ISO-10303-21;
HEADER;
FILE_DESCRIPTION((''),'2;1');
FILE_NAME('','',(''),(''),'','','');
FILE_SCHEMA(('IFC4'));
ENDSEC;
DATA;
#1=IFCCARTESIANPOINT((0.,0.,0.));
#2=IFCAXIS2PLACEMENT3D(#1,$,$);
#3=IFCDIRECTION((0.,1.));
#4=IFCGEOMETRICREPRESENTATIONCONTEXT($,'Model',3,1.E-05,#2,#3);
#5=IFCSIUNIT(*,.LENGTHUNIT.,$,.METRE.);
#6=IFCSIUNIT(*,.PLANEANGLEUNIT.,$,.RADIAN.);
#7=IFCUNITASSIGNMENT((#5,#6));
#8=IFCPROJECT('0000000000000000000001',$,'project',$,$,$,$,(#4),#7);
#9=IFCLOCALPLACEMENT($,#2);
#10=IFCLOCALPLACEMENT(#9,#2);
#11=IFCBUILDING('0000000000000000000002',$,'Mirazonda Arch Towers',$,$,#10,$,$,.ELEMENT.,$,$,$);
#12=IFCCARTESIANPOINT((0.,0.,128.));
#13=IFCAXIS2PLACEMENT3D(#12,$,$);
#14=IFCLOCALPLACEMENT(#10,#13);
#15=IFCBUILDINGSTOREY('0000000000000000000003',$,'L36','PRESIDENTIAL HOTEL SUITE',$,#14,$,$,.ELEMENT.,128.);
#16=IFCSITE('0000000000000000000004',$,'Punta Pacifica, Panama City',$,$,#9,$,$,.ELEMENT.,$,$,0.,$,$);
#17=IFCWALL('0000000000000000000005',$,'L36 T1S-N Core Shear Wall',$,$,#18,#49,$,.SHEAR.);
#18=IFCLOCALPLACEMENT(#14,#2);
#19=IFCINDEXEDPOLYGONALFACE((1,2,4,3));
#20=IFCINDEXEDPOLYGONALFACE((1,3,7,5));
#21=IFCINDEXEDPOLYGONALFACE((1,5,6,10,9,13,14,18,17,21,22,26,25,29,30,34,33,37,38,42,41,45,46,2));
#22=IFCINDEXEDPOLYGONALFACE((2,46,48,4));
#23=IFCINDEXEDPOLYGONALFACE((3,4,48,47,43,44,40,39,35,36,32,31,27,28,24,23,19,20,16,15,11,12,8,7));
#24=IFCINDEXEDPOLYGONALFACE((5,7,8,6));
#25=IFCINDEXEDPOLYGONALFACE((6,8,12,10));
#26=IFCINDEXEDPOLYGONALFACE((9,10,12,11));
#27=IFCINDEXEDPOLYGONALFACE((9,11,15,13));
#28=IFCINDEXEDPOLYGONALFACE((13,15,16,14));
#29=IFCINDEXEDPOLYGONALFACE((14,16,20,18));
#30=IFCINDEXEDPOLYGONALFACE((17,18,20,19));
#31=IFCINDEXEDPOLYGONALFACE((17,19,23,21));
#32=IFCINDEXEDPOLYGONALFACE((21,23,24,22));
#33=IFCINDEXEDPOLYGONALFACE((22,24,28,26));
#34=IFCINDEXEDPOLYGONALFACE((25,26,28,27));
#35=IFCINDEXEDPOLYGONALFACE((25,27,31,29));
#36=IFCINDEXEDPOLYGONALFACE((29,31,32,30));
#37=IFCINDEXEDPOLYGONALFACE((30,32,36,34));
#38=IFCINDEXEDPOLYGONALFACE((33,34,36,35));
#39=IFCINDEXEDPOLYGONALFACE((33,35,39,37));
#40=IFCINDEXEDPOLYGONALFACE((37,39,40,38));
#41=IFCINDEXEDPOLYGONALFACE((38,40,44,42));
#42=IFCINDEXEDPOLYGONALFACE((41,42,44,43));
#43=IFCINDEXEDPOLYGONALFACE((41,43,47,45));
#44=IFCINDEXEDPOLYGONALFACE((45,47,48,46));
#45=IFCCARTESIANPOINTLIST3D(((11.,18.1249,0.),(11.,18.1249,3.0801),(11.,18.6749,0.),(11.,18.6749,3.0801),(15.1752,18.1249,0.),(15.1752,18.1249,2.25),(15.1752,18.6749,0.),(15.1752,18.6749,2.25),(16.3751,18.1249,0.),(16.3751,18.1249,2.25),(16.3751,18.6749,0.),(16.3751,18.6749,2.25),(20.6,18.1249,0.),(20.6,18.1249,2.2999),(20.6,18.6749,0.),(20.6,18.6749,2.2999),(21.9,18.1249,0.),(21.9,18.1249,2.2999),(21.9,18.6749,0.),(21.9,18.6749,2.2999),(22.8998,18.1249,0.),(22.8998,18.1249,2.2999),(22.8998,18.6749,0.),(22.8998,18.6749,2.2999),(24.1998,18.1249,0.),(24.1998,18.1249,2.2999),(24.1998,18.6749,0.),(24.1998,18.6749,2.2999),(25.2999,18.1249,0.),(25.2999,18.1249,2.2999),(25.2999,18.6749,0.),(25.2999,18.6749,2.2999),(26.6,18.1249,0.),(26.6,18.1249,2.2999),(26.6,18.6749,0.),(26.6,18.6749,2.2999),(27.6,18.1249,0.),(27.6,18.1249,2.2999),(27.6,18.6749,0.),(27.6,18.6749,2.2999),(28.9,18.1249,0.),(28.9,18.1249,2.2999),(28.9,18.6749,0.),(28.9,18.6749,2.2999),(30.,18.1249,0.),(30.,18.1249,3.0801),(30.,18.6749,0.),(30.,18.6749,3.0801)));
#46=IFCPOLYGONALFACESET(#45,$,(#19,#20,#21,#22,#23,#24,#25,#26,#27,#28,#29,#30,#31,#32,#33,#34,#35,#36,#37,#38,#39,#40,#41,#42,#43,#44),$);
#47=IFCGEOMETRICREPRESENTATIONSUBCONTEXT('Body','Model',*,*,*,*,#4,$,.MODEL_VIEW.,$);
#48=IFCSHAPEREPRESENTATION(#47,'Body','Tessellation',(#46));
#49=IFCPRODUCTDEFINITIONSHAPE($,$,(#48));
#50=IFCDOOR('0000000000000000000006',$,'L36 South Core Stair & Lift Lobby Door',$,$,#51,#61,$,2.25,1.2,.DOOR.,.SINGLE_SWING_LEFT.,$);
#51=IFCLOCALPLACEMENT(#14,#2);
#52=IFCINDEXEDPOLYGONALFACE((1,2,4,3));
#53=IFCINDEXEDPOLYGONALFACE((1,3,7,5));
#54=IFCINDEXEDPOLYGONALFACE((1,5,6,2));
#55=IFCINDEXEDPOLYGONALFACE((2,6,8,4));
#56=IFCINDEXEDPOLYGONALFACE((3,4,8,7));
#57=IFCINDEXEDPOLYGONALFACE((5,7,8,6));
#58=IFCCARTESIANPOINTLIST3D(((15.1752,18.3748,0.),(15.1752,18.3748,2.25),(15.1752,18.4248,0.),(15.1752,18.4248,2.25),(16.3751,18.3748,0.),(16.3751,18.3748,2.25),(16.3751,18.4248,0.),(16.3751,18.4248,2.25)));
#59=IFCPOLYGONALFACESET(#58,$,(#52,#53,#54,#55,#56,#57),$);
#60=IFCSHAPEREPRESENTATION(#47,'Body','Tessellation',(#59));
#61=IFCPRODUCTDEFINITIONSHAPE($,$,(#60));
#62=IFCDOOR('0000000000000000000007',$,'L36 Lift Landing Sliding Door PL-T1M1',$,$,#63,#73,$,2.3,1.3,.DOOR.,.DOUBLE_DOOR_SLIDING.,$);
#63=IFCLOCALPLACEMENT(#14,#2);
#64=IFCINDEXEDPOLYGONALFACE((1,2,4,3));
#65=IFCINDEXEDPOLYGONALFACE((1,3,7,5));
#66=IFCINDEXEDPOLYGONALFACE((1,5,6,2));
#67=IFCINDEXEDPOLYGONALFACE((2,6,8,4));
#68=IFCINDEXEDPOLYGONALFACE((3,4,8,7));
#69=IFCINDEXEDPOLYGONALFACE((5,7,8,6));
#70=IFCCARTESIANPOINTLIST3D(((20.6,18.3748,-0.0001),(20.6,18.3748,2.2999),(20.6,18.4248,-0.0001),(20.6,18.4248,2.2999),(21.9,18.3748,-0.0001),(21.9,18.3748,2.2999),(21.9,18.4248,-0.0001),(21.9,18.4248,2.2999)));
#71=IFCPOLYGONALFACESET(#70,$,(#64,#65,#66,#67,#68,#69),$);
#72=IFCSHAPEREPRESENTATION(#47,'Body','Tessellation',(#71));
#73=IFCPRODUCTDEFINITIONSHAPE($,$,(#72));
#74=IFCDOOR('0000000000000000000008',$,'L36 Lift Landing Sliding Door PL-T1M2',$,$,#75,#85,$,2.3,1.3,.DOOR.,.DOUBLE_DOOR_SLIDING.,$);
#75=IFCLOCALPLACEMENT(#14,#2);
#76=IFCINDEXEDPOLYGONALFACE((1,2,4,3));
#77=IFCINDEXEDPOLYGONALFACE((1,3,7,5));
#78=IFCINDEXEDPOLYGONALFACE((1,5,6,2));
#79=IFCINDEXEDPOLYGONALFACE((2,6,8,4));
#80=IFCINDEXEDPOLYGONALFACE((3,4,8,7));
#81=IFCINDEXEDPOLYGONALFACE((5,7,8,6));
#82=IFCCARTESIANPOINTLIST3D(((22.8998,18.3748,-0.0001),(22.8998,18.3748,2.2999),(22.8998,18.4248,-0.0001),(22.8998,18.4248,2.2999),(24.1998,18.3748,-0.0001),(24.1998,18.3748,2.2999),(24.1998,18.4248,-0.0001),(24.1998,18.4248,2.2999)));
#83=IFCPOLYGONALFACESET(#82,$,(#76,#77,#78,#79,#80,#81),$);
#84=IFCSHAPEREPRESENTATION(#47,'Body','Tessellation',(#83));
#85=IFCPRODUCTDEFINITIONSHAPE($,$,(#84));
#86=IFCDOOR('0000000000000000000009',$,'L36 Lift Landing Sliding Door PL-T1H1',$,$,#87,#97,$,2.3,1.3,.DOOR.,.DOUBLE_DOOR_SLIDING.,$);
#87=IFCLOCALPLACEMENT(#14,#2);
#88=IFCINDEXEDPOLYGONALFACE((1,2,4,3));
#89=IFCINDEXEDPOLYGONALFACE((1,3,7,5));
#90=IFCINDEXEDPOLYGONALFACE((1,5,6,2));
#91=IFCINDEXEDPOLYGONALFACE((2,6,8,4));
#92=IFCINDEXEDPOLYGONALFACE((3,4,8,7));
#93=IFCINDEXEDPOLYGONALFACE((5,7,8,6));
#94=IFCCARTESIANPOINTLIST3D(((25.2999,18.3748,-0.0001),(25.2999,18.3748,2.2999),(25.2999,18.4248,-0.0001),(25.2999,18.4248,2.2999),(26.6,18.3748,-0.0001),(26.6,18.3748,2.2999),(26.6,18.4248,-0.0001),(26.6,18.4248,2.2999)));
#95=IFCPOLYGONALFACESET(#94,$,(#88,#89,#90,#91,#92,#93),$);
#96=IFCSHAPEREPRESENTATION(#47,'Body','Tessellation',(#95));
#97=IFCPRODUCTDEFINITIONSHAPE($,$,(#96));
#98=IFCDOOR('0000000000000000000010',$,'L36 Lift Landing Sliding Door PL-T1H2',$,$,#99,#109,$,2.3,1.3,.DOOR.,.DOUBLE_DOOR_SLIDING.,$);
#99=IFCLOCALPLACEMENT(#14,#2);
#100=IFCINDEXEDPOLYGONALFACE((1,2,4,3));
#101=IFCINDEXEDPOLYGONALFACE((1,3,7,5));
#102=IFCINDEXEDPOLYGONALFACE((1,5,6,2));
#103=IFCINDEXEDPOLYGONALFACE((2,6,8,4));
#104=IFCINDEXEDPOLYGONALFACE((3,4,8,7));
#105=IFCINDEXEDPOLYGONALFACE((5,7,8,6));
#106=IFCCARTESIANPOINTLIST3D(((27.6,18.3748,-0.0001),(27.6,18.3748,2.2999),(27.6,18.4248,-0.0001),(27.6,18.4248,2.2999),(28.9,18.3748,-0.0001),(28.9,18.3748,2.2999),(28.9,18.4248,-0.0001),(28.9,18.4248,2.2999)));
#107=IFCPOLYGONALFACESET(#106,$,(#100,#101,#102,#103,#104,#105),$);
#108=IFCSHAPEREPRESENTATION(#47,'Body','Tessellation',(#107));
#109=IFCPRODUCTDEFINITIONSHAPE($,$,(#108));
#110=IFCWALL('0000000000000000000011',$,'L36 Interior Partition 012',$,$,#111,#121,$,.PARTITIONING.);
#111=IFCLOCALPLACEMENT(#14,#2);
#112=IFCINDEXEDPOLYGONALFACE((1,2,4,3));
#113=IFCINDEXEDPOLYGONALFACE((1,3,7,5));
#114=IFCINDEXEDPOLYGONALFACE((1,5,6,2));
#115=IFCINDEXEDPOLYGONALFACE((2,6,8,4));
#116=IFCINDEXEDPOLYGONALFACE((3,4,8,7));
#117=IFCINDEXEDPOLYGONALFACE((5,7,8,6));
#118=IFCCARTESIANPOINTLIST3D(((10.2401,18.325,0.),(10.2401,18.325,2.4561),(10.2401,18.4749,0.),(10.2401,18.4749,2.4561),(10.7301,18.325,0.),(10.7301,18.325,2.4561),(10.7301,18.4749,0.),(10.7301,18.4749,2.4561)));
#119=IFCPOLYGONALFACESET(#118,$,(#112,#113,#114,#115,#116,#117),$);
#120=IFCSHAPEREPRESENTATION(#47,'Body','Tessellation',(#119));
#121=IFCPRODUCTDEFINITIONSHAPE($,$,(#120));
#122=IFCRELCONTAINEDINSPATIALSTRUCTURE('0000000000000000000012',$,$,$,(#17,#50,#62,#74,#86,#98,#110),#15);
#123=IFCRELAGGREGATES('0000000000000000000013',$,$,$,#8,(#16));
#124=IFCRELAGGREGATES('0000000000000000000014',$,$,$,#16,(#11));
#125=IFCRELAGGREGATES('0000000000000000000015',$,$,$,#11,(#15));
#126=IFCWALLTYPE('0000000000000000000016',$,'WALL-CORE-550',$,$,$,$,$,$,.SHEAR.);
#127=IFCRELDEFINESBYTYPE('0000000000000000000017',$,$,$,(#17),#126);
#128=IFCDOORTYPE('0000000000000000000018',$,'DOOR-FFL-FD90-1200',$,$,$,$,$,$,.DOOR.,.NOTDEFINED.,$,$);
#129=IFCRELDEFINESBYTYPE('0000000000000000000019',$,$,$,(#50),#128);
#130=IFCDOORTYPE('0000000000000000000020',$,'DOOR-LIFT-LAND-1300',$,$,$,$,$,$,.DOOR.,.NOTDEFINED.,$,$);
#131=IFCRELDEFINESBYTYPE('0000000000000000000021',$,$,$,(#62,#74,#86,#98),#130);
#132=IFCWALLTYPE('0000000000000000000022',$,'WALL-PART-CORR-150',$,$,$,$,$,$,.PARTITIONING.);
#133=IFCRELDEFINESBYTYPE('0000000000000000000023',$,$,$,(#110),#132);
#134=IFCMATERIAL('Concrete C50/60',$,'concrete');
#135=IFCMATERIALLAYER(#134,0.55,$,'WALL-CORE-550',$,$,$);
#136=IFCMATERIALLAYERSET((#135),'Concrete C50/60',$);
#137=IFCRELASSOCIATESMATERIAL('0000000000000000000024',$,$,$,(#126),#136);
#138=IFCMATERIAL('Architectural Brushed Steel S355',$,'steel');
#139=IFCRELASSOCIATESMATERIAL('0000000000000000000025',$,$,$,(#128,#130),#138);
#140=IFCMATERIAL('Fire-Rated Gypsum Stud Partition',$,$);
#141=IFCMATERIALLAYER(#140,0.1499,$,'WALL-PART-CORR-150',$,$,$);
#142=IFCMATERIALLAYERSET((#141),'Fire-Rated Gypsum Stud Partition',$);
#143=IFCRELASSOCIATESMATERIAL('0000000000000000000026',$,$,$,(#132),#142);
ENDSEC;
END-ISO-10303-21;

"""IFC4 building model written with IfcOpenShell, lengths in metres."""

from ifc_helpers import new_model, si_unit, direction, frame, frame_2d, origin, place, context, subcontext, project, spatial, rectangle, extrude, material, layer, layer_set, type_object, element, fill, save


model = new_model("IFC4")

# Units and contexts
model_context = context("Model", 3, precision=1e-05, world=origin(), true_north=direction((0.0, 1.0)))
body_context = subcontext(model_context, "Body", "Model", "MODEL_VIEW")
ifc_project = project(units=[si_unit("LENGTHUNIT", "METRE"), si_unit("PLANEANGLEUNIT", "RADIAN")], contexts=[model_context])

# Site, building, storey
site_placement = place(None, origin())
site = spatial("IfcSite", under=ifc_project, at=site_placement, Name="Punta Pacifica, Panama City", CompositionType="ELEMENT", RefElevation=0.0)
building_placement = place(site_placement, origin())
building = spatial("IfcBuilding", under=site, at=building_placement, Name="Mirazonda Arch Towers", CompositionType="ELEMENT")
storey_placement = place(building_placement, frame((0.0, 0.0, 128.0)))
storey = spatial("IfcBuildingStorey", under=building, at=storey_placement, Name="L36", Description="PRESIDENTIAL HOTEL SUITE", CompositionType="ELEMENT", Elevation=128.0)

# Shared definitions
ifc_material_1 = material(Name="Concrete C50/60", Category="concrete")

# Shared definitions
ifc_material_2 = material(Name="Architectural Brushed Steel S355", Category="steel")

# Wall, openings, doors
ifc_layer_1 = layer(ifc_material_1, 0.55, Name="WALL-CORE-550")
ifc_layer_set_1 = layer_set([ifc_layer_1], Name="Concrete C50/60")
wall_type_1 = type_object("IfcWallType", Name="WALL-CORE-550", PredefinedType="SHEAR", material=ifc_layer_set_1)
wall_1_placement = place(storey_placement, frame((11.0, 18.3999, 0.0), z_axis=(0.0, 0.0, 1.0), x_axis=(1.0, 0.0, 0.0)))
wall_1 = element("IfcWall", 1, at=wall_1_placement, inside=storey, type_object=wall_type_1, Name="L36 T1S-N Core Shear Wall", PredefinedType="SHEAR", context=body_context, shape_type="SweptSolid", body=[
    extrude(rectangle(XDim=19.0, YDim=0.55, at=frame_2d((9.5, 0.0))), origin(), (0.0, 0.0, 1.0), 3.0801),
])
opening_1_placement = place(wall_1_placement, frame((4.175, 0.0, 0.0)))
opening_1 = element("IfcOpeningElement", 2, at=opening_1_placement, cuts=wall_1, PredefinedType="OPENING", context=body_context, shape_type="SweptSolid", body=[
    extrude(rectangle(XDim=1.2, YDim=2.25, at=frame_2d((0.6001, 1.125))), frame((0.0, 0.2849, 0.0), z_axis=(0.0, -1.0, 0.0), x_axis=(1.0, 0.0, 0.0)), (0.0, 0.0, 1.0), 0.5701),
])
opening_2_placement = place(wall_1_placement, frame((9.6001, 0.0, 0.0)))
opening_2 = element("IfcOpeningElement", 3, at=opening_2_placement, cuts=wall_1, PredefinedType="OPENING", context=body_context, shape_type="SweptSolid", body=[
    extrude(rectangle(XDim=1.3, YDim=2.3, at=frame_2d((0.6499, 1.1499))), frame((0.0, 0.2849, 0.0), z_axis=(0.0, -1.0, 0.0), x_axis=(1.0, 0.0, 0.0)), (0.0, 0.0, 1.0), 0.5701),
])
opening_3_placement = place(wall_1_placement, frame((11.8999, 0.0, 0.0)))
opening_3 = element("IfcOpeningElement", 4, at=opening_3_placement, cuts=wall_1, PredefinedType="OPENING", context=body_context, shape_type="SweptSolid", body=[
    extrude(rectangle(XDim=1.3, YDim=2.3, at=frame_2d((0.6499, 1.1499))), frame((0.0, 0.2849, 0.0), z_axis=(0.0, -1.0, 0.0), x_axis=(1.0, 0.0, 0.0)), (0.0, 0.0, 1.0), 0.5701),
])
opening_4_placement = place(wall_1_placement, frame((14.3, 0.0, 0.0)))
opening_4 = element("IfcOpeningElement", 5, at=opening_4_placement, cuts=wall_1, PredefinedType="OPENING", context=body_context, shape_type="SweptSolid", body=[
    extrude(rectangle(XDim=1.3, YDim=2.3, at=frame_2d((0.6499, 1.1499))), frame((0.0, 0.2849, 0.0), z_axis=(0.0, -1.0, 0.0), x_axis=(1.0, 0.0, 0.0)), (0.0, 0.0, 1.0), 0.5701),
])
opening_5_placement = place(wall_1_placement, frame((16.6001, 0.0, 0.0)))
opening_5 = element("IfcOpeningElement", 6, at=opening_5_placement, cuts=wall_1, PredefinedType="OPENING", context=body_context, shape_type="SweptSolid", body=[
    extrude(rectangle(XDim=1.3, YDim=2.3, at=frame_2d((0.6499, 1.1499))), frame((0.0, 0.2849, 0.0), z_axis=(0.0, -1.0, 0.0), x_axis=(1.0, 0.0, 0.0)), (0.0, 0.0, 1.0), 0.5701),
])
door_type_1 = type_object("IfcDoorType", Name="DOOR-FFL-FD90-1200", OperationType="NOTDEFINED", PredefinedType="DOOR", material=ifc_material_2)
door_1_placement = place(opening_1_placement, origin())
door_1 = element("IfcDoor", 7, at=door_1_placement, inside=storey, type_object=door_type_1, Name="L36 South Core Stair & Lift Lobby Door", OperationType="SINGLE_SWING_LEFT", OverallHeight=2.25, OverallWidth=1.2, PredefinedType="DOOR", context=body_context, shape_type="SweptSolid", body=[
    extrude(rectangle(XDim=1.2, YDim=2.25, at=frame_2d((0.6001, 1.125))), frame((0.0, 0.0249, 0.0), z_axis=(0.0, -1.0, 0.0), x_axis=(1.0, 0.0, 0.0)), (0.0, 0.0, 1.0), 0.05),
])
fill(opening_1, door_1)
door_type_2 = type_object("IfcDoorType", Name="DOOR-LIFT-LAND-1300", OperationType="NOTDEFINED", PredefinedType="DOOR", material=ifc_material_2)
door_2_placement = place(opening_2_placement, origin())
door_2 = element("IfcDoor", 8, at=door_2_placement, inside=storey, type_object=door_type_2, Name="L36 Lift Landing Sliding Door PL-T1M1", OperationType="DOUBLE_DOOR_SLIDING", OverallHeight=2.3, OverallWidth=1.3, PredefinedType="DOOR", context=body_context, shape_type="SweptSolid", body=[
    extrude(rectangle(XDim=1.3, YDim=2.3, at=frame_2d((0.6499, 1.1499))), frame((0.0, 0.0249, 0.0), z_axis=(0.0, -1.0, 0.0), x_axis=(1.0, 0.0, 0.0)), (0.0, 0.0, 1.0), 0.05),
])
fill(opening_2, door_2)
door_3_placement = place(opening_3_placement, origin())
door_3 = element("IfcDoor", 9, at=door_3_placement, inside=storey, type_object=door_type_2, Name="L36 Lift Landing Sliding Door PL-T1M2", OperationType="DOUBLE_DOOR_SLIDING", OverallHeight=2.3, OverallWidth=1.3, PredefinedType="DOOR", context=body_context, shape_type="SweptSolid", body=[
    extrude(rectangle(XDim=1.3, YDim=2.3, at=frame_2d((0.6499, 1.1499))), frame((0.0, 0.0249, 0.0), z_axis=(0.0, -1.0, 0.0), x_axis=(1.0, 0.0, 0.0)), (0.0, 0.0, 1.0), 0.05),
])
fill(opening_3, door_3)
door_4_placement = place(opening_4_placement, origin())
door_4 = element("IfcDoor", 10, at=door_4_placement, inside=storey, type_object=door_type_2, Name="L36 Lift Landing Sliding Door PL-T1H1", OperationType="DOUBLE_DOOR_SLIDING", OverallHeight=2.3, OverallWidth=1.3, PredefinedType="DOOR", context=body_context, shape_type="SweptSolid", body=[
    extrude(rectangle(XDim=1.3, YDim=2.3, at=frame_2d((0.6499, 1.1499))), frame((0.0, 0.0249, 0.0), z_axis=(0.0, -1.0, 0.0), x_axis=(1.0, 0.0, 0.0)), (0.0, 0.0, 1.0), 0.05),
])
fill(opening_4, door_4)
door_5_placement = place(opening_5_placement, origin())
door_5 = element("IfcDoor", 11, at=door_5_placement, inside=storey, type_object=door_type_2, Name="L36 Lift Landing Sliding Door PL-T1H2", OperationType="DOUBLE_DOOR_SLIDING", OverallHeight=2.3, OverallWidth=1.3, PredefinedType="DOOR", context=body_context, shape_type="SweptSolid", body=[
    extrude(rectangle(XDim=1.3, YDim=2.3, at=frame_2d((0.6499, 1.1499))), frame((0.0, 0.0249, 0.0), z_axis=(0.0, -1.0, 0.0), x_axis=(1.0, 0.0, 0.0)), (0.0, 0.0, 1.0), 0.05),
])
fill(opening_5, door_5)

# Wall
ifc_material_3 = material(Name="Fire-Rated Gypsum Stud Partition")
ifc_layer_2 = layer(ifc_material_3, 0.1499, Name="WALL-PART-CORR-150")
ifc_layer_set_2 = layer_set([ifc_layer_2], Name="Fire-Rated Gypsum Stud Partition")
wall_type_2 = type_object("IfcWallType", Name="WALL-PART-CORR-150", PredefinedType="PARTITIONING", material=ifc_layer_set_2)
wall_2_placement = place(storey_placement, frame((10.24, 18.3999, 0.0), z_axis=(0.0, 0.0, 1.0), x_axis=(1.0, 0.0, 0.0)))
element("IfcWall", 12, at=wall_2_placement, inside=storey, type_object=wall_type_2, Name="L36 Interior Partition 012", PredefinedType="PARTITIONING", context=body_context, shape_type="SweptSolid", body=[
    extrude(rectangle(XDim=0.49, YDim=0.1499, at=frame_2d((0.2451, 0.0))), origin(), (0.0, 0.0, 1.0), 2.4561),
])

save(model, "model.ifc")
